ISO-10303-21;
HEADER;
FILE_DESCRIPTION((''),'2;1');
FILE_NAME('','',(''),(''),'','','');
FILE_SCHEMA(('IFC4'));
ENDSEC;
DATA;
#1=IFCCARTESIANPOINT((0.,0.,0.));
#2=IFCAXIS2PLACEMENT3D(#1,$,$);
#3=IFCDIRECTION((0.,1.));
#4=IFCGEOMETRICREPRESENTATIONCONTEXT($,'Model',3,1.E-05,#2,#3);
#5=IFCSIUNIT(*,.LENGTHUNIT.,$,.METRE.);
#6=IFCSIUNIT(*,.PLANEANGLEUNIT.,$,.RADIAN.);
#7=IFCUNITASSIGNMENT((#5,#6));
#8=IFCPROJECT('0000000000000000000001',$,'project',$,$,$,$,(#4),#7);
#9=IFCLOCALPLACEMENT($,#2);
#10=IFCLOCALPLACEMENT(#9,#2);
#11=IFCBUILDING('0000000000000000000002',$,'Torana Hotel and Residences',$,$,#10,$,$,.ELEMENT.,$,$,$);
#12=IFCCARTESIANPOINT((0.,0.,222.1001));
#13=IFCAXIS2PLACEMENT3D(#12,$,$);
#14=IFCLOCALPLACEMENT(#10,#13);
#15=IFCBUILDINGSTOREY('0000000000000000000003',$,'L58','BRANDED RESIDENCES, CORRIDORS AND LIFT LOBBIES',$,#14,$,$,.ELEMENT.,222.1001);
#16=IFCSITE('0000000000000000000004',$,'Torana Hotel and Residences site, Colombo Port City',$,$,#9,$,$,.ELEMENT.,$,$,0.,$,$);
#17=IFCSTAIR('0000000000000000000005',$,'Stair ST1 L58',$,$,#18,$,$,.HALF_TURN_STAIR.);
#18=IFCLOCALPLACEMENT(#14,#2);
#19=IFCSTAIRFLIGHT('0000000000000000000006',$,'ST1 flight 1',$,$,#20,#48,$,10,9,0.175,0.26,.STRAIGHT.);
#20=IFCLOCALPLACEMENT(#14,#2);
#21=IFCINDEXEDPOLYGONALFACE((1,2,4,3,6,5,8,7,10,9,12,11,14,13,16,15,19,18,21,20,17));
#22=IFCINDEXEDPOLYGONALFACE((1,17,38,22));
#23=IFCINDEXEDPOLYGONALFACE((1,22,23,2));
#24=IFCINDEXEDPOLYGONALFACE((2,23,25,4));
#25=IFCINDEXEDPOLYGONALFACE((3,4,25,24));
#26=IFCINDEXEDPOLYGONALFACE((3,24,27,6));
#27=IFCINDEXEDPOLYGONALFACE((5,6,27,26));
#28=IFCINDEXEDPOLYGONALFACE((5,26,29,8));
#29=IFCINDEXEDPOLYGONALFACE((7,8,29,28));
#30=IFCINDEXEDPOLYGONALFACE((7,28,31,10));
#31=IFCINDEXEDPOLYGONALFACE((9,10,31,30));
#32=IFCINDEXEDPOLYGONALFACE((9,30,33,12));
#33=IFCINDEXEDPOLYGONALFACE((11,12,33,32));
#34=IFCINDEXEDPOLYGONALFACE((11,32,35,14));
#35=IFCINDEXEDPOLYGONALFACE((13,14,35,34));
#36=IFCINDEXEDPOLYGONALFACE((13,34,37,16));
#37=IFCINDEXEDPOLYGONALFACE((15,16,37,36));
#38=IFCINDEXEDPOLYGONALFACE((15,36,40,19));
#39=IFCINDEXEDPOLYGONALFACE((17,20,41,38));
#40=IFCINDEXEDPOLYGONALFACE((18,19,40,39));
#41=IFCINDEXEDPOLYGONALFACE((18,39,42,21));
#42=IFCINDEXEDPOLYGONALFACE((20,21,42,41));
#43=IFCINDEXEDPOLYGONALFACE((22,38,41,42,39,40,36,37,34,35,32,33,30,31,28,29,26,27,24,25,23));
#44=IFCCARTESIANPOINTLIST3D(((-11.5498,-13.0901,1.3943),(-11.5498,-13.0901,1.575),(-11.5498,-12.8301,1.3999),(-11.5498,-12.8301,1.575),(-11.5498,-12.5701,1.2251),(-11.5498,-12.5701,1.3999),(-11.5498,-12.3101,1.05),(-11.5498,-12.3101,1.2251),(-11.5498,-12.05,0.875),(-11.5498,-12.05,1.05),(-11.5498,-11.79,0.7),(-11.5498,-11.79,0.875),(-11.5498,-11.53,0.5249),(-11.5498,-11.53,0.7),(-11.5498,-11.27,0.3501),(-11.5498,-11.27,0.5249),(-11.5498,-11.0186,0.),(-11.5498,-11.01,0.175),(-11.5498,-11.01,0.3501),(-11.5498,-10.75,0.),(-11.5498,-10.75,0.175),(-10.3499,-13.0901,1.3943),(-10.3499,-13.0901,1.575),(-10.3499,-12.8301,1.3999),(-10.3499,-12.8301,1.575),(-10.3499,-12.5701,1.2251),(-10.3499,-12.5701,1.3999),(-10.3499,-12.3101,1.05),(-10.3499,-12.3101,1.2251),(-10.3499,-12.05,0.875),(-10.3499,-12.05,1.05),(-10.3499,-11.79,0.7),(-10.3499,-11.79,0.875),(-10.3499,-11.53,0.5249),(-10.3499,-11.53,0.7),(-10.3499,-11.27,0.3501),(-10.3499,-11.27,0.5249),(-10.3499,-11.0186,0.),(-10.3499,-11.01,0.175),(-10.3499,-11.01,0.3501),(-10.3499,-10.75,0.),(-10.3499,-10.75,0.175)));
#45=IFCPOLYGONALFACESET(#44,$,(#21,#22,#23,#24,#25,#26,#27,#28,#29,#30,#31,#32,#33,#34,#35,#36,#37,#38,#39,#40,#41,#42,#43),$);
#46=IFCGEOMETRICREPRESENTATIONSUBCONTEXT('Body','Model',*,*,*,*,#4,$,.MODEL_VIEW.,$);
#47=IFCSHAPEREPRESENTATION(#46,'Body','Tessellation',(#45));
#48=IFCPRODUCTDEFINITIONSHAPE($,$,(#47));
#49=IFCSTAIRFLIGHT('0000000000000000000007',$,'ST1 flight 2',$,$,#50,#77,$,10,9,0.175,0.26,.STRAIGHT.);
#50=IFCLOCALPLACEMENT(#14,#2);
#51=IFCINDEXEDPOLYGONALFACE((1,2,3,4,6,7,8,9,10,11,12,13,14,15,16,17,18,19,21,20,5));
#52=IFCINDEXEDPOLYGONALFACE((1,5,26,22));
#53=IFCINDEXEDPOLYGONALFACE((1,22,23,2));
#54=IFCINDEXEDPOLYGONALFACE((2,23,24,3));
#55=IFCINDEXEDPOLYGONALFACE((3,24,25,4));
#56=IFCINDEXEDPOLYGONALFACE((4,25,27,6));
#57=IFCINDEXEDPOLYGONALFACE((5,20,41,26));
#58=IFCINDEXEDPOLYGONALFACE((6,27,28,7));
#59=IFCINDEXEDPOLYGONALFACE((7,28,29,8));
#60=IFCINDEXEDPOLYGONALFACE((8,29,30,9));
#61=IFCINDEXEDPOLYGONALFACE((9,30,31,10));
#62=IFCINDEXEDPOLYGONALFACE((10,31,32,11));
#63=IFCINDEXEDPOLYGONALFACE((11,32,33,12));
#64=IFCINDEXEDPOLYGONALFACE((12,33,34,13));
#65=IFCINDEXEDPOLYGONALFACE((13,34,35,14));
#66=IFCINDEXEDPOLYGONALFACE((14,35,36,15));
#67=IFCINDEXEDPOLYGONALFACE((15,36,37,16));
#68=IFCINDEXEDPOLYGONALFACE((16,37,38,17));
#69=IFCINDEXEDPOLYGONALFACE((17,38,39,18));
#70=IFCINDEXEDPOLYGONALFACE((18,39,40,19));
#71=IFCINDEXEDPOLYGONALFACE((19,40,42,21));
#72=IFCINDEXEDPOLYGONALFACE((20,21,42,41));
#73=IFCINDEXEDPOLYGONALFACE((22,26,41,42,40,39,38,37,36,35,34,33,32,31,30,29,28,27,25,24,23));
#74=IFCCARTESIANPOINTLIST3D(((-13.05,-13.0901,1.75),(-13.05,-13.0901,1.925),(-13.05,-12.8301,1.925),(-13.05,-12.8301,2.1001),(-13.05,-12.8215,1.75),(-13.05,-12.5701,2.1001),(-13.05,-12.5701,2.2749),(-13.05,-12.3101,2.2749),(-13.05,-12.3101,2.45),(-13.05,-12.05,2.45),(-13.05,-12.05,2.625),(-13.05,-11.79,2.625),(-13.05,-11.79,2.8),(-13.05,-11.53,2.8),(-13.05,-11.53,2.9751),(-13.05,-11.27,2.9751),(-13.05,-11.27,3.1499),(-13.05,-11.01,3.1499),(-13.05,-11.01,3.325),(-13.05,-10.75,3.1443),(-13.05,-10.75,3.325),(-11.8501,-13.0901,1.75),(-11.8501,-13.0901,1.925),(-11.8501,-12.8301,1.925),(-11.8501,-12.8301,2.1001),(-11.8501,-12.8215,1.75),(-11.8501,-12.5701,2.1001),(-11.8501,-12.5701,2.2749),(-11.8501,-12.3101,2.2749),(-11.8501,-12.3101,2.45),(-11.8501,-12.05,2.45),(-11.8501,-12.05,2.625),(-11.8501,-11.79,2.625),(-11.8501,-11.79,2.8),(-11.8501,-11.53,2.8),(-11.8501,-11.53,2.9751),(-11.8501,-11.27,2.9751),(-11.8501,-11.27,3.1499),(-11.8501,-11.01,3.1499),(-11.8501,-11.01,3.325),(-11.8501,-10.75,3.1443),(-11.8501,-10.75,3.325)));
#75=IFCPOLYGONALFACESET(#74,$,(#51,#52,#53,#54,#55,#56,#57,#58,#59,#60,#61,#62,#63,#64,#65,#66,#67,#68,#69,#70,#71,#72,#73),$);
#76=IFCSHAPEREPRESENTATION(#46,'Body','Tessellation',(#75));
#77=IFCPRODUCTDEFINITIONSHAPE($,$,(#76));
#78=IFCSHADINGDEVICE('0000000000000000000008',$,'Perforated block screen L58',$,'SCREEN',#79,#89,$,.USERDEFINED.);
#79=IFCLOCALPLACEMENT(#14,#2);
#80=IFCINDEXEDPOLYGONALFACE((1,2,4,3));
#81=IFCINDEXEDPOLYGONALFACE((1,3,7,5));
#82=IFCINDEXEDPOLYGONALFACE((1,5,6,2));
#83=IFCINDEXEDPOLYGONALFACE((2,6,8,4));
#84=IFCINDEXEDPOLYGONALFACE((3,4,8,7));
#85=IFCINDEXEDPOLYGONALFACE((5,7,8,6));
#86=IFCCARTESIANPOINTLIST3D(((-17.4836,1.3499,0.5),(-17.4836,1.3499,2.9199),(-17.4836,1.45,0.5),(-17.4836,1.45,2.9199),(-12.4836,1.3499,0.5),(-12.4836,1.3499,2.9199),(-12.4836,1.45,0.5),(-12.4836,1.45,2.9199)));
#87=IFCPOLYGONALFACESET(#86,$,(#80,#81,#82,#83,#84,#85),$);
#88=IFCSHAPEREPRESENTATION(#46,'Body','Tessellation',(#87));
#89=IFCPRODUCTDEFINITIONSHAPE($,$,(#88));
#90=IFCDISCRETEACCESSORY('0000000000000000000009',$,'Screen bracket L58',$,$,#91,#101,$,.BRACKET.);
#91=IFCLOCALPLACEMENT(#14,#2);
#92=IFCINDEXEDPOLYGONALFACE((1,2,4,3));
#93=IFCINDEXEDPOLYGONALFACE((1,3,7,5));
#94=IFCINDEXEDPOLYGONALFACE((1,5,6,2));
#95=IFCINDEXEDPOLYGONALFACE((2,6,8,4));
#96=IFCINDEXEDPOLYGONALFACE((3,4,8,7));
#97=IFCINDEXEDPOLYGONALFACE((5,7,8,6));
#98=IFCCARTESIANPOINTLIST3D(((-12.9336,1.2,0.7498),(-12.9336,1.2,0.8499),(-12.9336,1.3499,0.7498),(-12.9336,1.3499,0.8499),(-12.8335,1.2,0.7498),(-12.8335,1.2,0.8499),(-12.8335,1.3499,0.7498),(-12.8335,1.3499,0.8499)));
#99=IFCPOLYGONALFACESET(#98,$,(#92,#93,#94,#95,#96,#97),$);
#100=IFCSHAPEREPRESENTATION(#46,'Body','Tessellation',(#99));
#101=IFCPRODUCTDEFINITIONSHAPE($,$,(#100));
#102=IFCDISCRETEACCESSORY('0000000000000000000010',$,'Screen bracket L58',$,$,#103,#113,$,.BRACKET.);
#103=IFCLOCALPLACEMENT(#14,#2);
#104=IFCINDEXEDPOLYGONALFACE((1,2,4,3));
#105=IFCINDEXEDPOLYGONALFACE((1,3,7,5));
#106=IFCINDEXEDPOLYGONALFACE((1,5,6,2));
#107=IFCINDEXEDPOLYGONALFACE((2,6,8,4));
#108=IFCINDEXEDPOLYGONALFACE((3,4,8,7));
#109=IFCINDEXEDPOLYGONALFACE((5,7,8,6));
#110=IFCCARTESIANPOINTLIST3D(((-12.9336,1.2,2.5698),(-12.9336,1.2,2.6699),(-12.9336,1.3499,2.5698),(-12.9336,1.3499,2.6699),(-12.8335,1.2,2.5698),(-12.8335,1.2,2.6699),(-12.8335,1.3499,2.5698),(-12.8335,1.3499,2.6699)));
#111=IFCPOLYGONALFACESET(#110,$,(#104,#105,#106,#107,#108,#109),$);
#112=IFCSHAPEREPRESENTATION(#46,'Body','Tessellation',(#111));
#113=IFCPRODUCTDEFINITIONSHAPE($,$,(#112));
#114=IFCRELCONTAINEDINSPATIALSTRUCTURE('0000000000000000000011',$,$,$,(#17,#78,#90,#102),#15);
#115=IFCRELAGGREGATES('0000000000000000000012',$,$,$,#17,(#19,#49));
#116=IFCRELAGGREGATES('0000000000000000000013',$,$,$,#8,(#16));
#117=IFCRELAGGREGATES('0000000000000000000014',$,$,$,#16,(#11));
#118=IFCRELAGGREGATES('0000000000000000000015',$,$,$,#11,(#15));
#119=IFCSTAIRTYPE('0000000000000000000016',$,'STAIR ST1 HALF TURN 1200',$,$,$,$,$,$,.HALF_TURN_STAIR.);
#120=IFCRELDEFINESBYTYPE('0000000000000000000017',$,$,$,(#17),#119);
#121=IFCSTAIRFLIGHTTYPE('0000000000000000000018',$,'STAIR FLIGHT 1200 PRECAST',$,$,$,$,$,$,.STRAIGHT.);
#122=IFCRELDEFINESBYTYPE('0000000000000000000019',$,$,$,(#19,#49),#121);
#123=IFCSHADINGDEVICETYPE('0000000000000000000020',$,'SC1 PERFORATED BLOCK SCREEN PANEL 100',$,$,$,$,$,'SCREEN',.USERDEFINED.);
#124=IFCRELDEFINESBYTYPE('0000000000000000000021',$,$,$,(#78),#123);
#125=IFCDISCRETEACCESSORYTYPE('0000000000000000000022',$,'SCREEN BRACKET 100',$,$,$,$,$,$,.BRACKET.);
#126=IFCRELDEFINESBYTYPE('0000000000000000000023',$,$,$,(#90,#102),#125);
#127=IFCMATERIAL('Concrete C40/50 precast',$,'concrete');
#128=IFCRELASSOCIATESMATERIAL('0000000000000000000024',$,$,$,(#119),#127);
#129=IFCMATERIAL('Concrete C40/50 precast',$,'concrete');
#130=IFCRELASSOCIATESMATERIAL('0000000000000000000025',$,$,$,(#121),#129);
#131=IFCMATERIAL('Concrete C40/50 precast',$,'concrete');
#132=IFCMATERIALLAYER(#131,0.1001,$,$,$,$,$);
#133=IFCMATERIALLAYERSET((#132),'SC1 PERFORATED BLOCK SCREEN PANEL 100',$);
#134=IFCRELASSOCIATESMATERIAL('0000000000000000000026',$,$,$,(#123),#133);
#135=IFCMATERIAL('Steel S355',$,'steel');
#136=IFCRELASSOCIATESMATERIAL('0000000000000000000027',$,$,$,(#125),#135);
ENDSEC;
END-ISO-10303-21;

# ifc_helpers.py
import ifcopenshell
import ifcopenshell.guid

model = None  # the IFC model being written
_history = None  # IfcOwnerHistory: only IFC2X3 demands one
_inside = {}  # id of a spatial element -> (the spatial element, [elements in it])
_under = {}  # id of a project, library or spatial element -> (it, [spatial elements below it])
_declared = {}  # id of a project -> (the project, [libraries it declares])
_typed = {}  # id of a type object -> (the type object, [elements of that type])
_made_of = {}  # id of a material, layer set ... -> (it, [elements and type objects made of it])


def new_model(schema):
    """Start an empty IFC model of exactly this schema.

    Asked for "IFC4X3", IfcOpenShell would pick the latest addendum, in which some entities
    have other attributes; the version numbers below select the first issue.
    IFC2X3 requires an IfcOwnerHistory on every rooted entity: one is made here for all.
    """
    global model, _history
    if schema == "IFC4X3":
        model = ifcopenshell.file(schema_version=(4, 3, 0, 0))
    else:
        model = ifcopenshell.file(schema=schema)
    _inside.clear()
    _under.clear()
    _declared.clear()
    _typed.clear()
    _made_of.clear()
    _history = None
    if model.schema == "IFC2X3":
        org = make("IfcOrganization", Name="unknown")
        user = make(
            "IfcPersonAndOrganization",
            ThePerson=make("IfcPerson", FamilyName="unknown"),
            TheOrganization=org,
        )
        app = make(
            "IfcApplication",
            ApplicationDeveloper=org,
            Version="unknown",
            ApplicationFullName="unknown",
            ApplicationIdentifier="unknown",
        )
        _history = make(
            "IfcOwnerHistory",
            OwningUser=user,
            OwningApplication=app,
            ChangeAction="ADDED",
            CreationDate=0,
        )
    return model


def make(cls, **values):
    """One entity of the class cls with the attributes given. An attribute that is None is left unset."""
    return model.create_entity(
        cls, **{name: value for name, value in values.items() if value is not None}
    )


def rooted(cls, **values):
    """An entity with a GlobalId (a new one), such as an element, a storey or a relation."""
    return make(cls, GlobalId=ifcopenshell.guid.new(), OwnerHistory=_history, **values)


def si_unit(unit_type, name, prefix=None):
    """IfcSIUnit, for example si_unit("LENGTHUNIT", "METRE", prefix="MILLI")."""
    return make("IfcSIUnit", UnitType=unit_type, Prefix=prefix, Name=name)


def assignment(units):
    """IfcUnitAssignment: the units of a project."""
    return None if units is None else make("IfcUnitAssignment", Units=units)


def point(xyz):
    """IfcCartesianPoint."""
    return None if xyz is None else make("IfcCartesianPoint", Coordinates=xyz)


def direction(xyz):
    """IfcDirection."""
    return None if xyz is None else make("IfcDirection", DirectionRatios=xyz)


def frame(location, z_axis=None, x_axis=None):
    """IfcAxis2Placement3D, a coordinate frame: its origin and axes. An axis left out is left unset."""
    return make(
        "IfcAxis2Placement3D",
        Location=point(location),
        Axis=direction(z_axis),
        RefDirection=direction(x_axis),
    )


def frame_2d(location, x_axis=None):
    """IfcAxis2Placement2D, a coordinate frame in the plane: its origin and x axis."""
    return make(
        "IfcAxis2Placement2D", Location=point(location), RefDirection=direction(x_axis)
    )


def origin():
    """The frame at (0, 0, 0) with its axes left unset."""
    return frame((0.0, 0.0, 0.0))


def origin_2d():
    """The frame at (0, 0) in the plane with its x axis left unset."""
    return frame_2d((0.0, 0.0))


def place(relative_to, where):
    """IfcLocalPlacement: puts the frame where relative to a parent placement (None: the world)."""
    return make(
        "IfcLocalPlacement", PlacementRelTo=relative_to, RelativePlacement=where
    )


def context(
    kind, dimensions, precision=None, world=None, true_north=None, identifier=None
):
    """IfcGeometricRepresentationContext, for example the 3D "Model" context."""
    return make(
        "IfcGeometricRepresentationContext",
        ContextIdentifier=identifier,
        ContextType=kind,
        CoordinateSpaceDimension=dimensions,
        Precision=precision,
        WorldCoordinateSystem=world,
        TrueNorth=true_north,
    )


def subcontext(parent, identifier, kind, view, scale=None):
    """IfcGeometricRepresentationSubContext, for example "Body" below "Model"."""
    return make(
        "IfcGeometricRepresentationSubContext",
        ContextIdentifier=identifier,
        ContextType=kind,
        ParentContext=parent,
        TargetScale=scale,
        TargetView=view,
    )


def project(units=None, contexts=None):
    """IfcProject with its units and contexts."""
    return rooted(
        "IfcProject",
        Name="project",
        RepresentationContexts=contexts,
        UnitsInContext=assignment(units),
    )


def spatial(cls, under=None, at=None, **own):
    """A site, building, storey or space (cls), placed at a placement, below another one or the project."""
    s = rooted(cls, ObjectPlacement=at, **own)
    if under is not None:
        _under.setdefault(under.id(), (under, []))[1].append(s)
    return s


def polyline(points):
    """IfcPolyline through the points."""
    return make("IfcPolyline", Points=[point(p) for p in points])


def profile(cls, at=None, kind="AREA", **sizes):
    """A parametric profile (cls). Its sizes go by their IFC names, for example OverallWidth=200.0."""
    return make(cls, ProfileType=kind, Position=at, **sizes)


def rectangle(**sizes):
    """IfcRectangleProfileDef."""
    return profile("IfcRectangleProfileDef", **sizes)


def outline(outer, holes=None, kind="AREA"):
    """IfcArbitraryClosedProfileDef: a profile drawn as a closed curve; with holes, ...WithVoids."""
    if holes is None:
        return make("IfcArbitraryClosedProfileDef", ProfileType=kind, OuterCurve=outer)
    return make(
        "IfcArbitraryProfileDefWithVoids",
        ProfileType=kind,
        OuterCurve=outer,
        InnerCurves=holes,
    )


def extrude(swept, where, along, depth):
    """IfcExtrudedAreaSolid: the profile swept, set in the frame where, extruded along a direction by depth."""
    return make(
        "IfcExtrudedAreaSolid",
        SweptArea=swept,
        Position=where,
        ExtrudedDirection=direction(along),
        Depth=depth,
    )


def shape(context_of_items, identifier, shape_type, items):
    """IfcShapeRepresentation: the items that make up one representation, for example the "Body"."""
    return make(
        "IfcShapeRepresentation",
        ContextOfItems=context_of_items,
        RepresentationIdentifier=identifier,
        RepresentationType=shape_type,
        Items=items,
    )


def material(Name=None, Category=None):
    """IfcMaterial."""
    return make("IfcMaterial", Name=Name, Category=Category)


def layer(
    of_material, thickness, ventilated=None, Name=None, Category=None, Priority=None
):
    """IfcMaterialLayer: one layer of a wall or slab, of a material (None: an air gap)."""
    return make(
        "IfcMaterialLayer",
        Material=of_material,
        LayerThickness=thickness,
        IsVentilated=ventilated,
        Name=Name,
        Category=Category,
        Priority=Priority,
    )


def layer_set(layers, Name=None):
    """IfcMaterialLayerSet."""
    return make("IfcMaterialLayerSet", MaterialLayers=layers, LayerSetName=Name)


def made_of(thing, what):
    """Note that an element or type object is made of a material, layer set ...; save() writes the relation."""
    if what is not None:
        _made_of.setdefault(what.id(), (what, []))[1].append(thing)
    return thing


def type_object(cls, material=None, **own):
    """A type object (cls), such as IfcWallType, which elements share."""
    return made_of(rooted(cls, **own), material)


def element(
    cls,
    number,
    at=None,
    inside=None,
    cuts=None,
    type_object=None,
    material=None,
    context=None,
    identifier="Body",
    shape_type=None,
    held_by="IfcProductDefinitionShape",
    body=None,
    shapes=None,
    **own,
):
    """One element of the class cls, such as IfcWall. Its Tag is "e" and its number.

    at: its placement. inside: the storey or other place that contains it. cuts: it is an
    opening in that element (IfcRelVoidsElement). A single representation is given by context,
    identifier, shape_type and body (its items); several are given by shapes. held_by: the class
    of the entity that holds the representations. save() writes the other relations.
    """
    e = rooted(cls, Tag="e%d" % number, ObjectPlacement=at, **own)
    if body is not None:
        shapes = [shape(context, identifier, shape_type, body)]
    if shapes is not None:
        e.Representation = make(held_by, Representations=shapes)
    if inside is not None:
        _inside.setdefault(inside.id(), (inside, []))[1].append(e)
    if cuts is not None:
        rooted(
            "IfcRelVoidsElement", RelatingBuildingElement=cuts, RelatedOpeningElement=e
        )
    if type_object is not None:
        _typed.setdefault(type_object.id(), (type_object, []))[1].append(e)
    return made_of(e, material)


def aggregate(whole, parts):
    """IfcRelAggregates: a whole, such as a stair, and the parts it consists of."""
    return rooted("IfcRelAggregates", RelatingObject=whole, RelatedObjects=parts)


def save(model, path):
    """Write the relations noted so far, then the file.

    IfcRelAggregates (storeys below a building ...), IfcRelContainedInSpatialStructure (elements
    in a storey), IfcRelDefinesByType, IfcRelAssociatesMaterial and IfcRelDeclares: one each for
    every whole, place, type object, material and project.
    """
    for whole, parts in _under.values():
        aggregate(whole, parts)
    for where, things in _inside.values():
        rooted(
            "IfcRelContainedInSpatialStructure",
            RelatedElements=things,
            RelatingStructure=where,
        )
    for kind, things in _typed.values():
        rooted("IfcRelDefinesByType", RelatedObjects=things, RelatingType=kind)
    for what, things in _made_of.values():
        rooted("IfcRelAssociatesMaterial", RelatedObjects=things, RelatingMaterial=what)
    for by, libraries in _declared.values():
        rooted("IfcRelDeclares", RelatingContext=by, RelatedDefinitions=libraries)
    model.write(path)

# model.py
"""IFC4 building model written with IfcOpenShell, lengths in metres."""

from ifc_helpers import new_model, si_unit, direction, frame, origin, origin_2d, place, context, subcontext, project, spatial, polyline, rectangle, outline, extrude, material, layer, layer_set, type_object, element, aggregate, save


model = new_model("IFC4")

# Units and contexts
model_context = context("Model", 3, precision=1e-05, world=origin(), true_north=direction((0.0, 1.0)))
body_context = subcontext(model_context, "Body", "Model", "MODEL_VIEW")
ifc_project = project(units=[si_unit("LENGTHUNIT", "METRE"), si_unit("PLANEANGLEUNIT", "RADIAN")], contexts=[model_context])

# Site, building, storey
site_placement = place(None, origin())
site = spatial("IfcSite", under=ifc_project, at=site_placement, Name="Torana Hotel and Residences site, Colombo Port City", CompositionType="ELEMENT", RefElevation=0.0)
building_placement = place(site_placement, origin())
building = spatial("IfcBuilding", under=site, at=building_placement, Name="Torana Hotel and Residences", CompositionType="ELEMENT")
storey_placement = place(building_placement, frame((0.0, 0.0, 222.1001)))
storey = spatial("IfcBuildingStorey", under=building, at=storey_placement, Name="L58", Description="BRANDED RESIDENCES, CORRIDORS AND LIFT LOBBIES", CompositionType="ELEMENT", Elevation=222.1001)

# Stair, stair flights
ifc_material_1 = material(Name="Concrete C40/50 precast", Category="concrete")
stair_type = type_object("IfcStairType", Name="STAIR ST1 HALF TURN 1200", PredefinedType="HALF_TURN_STAIR", material=ifc_material_1)
stair_placement = place(storey_placement, origin())
stair = element("IfcStair", 1, at=stair_placement, inside=storey, type_object=stair_type, Name="Stair ST1 L58", PredefinedType="HALF_TURN_STAIR")
ifc_material_2 = material(Name="Concrete C40/50 precast", Category="concrete")
stair_flight_type = type_object("IfcStairFlightType", Name="STAIR FLIGHT 1200 PRECAST", PredefinedType="STRAIGHT", material=ifc_material_2)
stair_flight_1_placement = place(storey_placement, frame((-10.95, -10.75, 0.0), z_axis=(0.0, 0.0, 1.0), x_axis=(0.0, -1.0, 0.0)))
stair_flight_1 = element("IfcStairFlight", 2, at=stair_flight_1_placement, type_object=stair_flight_type, Name="ST1 flight 1", NumberOfRisers=10, NumberOfTreads=9, PredefinedType="STRAIGHT", RiserHeight=0.175, TreadLength=0.26, context=body_context, shape_type="SweptSolid", body=[
    extrude(outline(polyline([(0.0, 0.0), (0.0, 0.175), (0.26, 0.175), (0.26, 0.3501), (0.52, 0.3501), (0.52, 0.5249), (0.78, 0.5249), (0.78, 0.7), (1.04, 0.7), (1.04, 0.875), (1.3, 0.875), (1.3, 1.05), (1.5601, 1.05), (1.5601, 1.2251), (1.8201, 1.2251), (1.8201, 1.3999), (2.0801, 1.3999), (2.0801, 1.575), (2.3401, 1.575), (2.3401, 1.75), (2.3401, 1.3943), (0.2686, 0.0), (0.0, 0.0)])), frame((0.0, 0.6001, 0.0), z_axis=(0.0, -1.0, 0.0), x_axis=(1.0, 0.0, 0.0)), (0.0, 0.0, 1.0), 1.2),
])
stair_flight_2_placement = place(storey_placement, frame((-12.45, -13.0901, 1.75), z_axis=(0.0, 0.0, 1.0), x_axis=(0.0, 1.0, 0.0)))
stair_flight_2 = element("IfcStairFlight", 3, at=stair_flight_2_placement, type_object=stair_flight_type, Name="ST1 flight 2", NumberOfRisers=10, NumberOfTreads=9, PredefinedType="STRAIGHT", RiserHeight=0.175, TreadLength=0.26, context=body_context, shape_type="SweptSolid", body=[
    extrude(outline(polyline([(0.0, 0.0), (0.0, 0.175), (0.26, 0.175), (0.26, 0.3501), (0.52, 0.3501), (0.52, 0.5249), (0.78, 0.5249), (0.78, 0.7), (1.04, 0.7), (1.04, 0.875), (1.3, 0.875), (1.3, 1.05), (1.5601, 1.05), (1.5601, 1.2251), (1.8201, 1.2251), (1.8201, 1.3999), (2.0801, 1.3999), (2.0801, 1.575), (2.3401, 1.575), (2.3401, 1.75), (2.3401, 1.3943), (0.2686, 0.0), (0.0, 0.0)])), frame((0.0, 0.6001, 0.0), z_axis=(0.0, -1.0, 0.0), x_axis=(1.0, 0.0, 0.0)), (0.0, 0.0, 1.0), 1.2),
])
aggregate(stair, [stair_flight_1, stair_flight_2])

# Shading device
ifc_material_3 = material(Name="Concrete C40/50 precast", Category="concrete")
ifc_layer_1 = layer(ifc_material_3, 0.1001)
ifc_layer_set_1 = layer_set([ifc_layer_1], Name="SC1 PERFORATED BLOCK SCREEN PANEL 100")
shading_device_type = type_object("IfcShadingDeviceType", Name="SC1 PERFORATED BLOCK SCREEN PANEL 100", ElementType="SCREEN", PredefinedType="USERDEFINED", material=ifc_layer_set_1)
shading_device_placement = place(storey_placement, frame((-14.9836, 1.3999, 0.5), z_axis=(0.0, 0.0, 1.0), x_axis=(-1.0, 0.0, 0.0)))
element("IfcShadingDevice", 4, at=shading_device_placement, inside=storey, type_object=shading_device_type, Name="Perforated block screen L58", ObjectType="SCREEN", PredefinedType="USERDEFINED", context=body_context, shape_type="SweptSolid", body=[
    extrude(rectangle(XDim=5.0, YDim=0.1001, at=origin_2d()), origin(), (0.0, 0.0, 1.0), 2.4199),
])

# Discrete accessories
ifc_material_4 = material(Name="Steel S355", Category="steel")
discrete_accessory_type = type_object("IfcDiscreteAccessoryType", Name="SCREEN BRACKET 100", PredefinedType="BRACKET", material=ifc_material_4)
for number, where, z_axis, x_axis, name in (
    (5, (-12.8835, 1.2749, 0.7498), (0.0, 0.0, 1.0), (-1.0, 0.0, 0.0), "Screen bracket L58"),
    (6, (-12.8835, 1.2749, 2.5698), (0.0, 0.0, 1.0), (-1.0, 0.0, 0.0), "Screen bracket L58"),
):
    element("IfcDiscreteAccessory", number, at=place(storey_placement, frame(where, z_axis=z_axis, x_axis=x_axis)), inside=storey, type_object=discrete_accessory_type, Name=name, PredefinedType="BRACKET", context=body_context, shape_type="SweptSolid", body=[
        extrude(rectangle(XDim=0.1001, YDim=0.1499, at=origin_2d()), origin(), (0.0, 0.0, 1.0), 0.1001),
    ])

save(model, "model.ifc")
